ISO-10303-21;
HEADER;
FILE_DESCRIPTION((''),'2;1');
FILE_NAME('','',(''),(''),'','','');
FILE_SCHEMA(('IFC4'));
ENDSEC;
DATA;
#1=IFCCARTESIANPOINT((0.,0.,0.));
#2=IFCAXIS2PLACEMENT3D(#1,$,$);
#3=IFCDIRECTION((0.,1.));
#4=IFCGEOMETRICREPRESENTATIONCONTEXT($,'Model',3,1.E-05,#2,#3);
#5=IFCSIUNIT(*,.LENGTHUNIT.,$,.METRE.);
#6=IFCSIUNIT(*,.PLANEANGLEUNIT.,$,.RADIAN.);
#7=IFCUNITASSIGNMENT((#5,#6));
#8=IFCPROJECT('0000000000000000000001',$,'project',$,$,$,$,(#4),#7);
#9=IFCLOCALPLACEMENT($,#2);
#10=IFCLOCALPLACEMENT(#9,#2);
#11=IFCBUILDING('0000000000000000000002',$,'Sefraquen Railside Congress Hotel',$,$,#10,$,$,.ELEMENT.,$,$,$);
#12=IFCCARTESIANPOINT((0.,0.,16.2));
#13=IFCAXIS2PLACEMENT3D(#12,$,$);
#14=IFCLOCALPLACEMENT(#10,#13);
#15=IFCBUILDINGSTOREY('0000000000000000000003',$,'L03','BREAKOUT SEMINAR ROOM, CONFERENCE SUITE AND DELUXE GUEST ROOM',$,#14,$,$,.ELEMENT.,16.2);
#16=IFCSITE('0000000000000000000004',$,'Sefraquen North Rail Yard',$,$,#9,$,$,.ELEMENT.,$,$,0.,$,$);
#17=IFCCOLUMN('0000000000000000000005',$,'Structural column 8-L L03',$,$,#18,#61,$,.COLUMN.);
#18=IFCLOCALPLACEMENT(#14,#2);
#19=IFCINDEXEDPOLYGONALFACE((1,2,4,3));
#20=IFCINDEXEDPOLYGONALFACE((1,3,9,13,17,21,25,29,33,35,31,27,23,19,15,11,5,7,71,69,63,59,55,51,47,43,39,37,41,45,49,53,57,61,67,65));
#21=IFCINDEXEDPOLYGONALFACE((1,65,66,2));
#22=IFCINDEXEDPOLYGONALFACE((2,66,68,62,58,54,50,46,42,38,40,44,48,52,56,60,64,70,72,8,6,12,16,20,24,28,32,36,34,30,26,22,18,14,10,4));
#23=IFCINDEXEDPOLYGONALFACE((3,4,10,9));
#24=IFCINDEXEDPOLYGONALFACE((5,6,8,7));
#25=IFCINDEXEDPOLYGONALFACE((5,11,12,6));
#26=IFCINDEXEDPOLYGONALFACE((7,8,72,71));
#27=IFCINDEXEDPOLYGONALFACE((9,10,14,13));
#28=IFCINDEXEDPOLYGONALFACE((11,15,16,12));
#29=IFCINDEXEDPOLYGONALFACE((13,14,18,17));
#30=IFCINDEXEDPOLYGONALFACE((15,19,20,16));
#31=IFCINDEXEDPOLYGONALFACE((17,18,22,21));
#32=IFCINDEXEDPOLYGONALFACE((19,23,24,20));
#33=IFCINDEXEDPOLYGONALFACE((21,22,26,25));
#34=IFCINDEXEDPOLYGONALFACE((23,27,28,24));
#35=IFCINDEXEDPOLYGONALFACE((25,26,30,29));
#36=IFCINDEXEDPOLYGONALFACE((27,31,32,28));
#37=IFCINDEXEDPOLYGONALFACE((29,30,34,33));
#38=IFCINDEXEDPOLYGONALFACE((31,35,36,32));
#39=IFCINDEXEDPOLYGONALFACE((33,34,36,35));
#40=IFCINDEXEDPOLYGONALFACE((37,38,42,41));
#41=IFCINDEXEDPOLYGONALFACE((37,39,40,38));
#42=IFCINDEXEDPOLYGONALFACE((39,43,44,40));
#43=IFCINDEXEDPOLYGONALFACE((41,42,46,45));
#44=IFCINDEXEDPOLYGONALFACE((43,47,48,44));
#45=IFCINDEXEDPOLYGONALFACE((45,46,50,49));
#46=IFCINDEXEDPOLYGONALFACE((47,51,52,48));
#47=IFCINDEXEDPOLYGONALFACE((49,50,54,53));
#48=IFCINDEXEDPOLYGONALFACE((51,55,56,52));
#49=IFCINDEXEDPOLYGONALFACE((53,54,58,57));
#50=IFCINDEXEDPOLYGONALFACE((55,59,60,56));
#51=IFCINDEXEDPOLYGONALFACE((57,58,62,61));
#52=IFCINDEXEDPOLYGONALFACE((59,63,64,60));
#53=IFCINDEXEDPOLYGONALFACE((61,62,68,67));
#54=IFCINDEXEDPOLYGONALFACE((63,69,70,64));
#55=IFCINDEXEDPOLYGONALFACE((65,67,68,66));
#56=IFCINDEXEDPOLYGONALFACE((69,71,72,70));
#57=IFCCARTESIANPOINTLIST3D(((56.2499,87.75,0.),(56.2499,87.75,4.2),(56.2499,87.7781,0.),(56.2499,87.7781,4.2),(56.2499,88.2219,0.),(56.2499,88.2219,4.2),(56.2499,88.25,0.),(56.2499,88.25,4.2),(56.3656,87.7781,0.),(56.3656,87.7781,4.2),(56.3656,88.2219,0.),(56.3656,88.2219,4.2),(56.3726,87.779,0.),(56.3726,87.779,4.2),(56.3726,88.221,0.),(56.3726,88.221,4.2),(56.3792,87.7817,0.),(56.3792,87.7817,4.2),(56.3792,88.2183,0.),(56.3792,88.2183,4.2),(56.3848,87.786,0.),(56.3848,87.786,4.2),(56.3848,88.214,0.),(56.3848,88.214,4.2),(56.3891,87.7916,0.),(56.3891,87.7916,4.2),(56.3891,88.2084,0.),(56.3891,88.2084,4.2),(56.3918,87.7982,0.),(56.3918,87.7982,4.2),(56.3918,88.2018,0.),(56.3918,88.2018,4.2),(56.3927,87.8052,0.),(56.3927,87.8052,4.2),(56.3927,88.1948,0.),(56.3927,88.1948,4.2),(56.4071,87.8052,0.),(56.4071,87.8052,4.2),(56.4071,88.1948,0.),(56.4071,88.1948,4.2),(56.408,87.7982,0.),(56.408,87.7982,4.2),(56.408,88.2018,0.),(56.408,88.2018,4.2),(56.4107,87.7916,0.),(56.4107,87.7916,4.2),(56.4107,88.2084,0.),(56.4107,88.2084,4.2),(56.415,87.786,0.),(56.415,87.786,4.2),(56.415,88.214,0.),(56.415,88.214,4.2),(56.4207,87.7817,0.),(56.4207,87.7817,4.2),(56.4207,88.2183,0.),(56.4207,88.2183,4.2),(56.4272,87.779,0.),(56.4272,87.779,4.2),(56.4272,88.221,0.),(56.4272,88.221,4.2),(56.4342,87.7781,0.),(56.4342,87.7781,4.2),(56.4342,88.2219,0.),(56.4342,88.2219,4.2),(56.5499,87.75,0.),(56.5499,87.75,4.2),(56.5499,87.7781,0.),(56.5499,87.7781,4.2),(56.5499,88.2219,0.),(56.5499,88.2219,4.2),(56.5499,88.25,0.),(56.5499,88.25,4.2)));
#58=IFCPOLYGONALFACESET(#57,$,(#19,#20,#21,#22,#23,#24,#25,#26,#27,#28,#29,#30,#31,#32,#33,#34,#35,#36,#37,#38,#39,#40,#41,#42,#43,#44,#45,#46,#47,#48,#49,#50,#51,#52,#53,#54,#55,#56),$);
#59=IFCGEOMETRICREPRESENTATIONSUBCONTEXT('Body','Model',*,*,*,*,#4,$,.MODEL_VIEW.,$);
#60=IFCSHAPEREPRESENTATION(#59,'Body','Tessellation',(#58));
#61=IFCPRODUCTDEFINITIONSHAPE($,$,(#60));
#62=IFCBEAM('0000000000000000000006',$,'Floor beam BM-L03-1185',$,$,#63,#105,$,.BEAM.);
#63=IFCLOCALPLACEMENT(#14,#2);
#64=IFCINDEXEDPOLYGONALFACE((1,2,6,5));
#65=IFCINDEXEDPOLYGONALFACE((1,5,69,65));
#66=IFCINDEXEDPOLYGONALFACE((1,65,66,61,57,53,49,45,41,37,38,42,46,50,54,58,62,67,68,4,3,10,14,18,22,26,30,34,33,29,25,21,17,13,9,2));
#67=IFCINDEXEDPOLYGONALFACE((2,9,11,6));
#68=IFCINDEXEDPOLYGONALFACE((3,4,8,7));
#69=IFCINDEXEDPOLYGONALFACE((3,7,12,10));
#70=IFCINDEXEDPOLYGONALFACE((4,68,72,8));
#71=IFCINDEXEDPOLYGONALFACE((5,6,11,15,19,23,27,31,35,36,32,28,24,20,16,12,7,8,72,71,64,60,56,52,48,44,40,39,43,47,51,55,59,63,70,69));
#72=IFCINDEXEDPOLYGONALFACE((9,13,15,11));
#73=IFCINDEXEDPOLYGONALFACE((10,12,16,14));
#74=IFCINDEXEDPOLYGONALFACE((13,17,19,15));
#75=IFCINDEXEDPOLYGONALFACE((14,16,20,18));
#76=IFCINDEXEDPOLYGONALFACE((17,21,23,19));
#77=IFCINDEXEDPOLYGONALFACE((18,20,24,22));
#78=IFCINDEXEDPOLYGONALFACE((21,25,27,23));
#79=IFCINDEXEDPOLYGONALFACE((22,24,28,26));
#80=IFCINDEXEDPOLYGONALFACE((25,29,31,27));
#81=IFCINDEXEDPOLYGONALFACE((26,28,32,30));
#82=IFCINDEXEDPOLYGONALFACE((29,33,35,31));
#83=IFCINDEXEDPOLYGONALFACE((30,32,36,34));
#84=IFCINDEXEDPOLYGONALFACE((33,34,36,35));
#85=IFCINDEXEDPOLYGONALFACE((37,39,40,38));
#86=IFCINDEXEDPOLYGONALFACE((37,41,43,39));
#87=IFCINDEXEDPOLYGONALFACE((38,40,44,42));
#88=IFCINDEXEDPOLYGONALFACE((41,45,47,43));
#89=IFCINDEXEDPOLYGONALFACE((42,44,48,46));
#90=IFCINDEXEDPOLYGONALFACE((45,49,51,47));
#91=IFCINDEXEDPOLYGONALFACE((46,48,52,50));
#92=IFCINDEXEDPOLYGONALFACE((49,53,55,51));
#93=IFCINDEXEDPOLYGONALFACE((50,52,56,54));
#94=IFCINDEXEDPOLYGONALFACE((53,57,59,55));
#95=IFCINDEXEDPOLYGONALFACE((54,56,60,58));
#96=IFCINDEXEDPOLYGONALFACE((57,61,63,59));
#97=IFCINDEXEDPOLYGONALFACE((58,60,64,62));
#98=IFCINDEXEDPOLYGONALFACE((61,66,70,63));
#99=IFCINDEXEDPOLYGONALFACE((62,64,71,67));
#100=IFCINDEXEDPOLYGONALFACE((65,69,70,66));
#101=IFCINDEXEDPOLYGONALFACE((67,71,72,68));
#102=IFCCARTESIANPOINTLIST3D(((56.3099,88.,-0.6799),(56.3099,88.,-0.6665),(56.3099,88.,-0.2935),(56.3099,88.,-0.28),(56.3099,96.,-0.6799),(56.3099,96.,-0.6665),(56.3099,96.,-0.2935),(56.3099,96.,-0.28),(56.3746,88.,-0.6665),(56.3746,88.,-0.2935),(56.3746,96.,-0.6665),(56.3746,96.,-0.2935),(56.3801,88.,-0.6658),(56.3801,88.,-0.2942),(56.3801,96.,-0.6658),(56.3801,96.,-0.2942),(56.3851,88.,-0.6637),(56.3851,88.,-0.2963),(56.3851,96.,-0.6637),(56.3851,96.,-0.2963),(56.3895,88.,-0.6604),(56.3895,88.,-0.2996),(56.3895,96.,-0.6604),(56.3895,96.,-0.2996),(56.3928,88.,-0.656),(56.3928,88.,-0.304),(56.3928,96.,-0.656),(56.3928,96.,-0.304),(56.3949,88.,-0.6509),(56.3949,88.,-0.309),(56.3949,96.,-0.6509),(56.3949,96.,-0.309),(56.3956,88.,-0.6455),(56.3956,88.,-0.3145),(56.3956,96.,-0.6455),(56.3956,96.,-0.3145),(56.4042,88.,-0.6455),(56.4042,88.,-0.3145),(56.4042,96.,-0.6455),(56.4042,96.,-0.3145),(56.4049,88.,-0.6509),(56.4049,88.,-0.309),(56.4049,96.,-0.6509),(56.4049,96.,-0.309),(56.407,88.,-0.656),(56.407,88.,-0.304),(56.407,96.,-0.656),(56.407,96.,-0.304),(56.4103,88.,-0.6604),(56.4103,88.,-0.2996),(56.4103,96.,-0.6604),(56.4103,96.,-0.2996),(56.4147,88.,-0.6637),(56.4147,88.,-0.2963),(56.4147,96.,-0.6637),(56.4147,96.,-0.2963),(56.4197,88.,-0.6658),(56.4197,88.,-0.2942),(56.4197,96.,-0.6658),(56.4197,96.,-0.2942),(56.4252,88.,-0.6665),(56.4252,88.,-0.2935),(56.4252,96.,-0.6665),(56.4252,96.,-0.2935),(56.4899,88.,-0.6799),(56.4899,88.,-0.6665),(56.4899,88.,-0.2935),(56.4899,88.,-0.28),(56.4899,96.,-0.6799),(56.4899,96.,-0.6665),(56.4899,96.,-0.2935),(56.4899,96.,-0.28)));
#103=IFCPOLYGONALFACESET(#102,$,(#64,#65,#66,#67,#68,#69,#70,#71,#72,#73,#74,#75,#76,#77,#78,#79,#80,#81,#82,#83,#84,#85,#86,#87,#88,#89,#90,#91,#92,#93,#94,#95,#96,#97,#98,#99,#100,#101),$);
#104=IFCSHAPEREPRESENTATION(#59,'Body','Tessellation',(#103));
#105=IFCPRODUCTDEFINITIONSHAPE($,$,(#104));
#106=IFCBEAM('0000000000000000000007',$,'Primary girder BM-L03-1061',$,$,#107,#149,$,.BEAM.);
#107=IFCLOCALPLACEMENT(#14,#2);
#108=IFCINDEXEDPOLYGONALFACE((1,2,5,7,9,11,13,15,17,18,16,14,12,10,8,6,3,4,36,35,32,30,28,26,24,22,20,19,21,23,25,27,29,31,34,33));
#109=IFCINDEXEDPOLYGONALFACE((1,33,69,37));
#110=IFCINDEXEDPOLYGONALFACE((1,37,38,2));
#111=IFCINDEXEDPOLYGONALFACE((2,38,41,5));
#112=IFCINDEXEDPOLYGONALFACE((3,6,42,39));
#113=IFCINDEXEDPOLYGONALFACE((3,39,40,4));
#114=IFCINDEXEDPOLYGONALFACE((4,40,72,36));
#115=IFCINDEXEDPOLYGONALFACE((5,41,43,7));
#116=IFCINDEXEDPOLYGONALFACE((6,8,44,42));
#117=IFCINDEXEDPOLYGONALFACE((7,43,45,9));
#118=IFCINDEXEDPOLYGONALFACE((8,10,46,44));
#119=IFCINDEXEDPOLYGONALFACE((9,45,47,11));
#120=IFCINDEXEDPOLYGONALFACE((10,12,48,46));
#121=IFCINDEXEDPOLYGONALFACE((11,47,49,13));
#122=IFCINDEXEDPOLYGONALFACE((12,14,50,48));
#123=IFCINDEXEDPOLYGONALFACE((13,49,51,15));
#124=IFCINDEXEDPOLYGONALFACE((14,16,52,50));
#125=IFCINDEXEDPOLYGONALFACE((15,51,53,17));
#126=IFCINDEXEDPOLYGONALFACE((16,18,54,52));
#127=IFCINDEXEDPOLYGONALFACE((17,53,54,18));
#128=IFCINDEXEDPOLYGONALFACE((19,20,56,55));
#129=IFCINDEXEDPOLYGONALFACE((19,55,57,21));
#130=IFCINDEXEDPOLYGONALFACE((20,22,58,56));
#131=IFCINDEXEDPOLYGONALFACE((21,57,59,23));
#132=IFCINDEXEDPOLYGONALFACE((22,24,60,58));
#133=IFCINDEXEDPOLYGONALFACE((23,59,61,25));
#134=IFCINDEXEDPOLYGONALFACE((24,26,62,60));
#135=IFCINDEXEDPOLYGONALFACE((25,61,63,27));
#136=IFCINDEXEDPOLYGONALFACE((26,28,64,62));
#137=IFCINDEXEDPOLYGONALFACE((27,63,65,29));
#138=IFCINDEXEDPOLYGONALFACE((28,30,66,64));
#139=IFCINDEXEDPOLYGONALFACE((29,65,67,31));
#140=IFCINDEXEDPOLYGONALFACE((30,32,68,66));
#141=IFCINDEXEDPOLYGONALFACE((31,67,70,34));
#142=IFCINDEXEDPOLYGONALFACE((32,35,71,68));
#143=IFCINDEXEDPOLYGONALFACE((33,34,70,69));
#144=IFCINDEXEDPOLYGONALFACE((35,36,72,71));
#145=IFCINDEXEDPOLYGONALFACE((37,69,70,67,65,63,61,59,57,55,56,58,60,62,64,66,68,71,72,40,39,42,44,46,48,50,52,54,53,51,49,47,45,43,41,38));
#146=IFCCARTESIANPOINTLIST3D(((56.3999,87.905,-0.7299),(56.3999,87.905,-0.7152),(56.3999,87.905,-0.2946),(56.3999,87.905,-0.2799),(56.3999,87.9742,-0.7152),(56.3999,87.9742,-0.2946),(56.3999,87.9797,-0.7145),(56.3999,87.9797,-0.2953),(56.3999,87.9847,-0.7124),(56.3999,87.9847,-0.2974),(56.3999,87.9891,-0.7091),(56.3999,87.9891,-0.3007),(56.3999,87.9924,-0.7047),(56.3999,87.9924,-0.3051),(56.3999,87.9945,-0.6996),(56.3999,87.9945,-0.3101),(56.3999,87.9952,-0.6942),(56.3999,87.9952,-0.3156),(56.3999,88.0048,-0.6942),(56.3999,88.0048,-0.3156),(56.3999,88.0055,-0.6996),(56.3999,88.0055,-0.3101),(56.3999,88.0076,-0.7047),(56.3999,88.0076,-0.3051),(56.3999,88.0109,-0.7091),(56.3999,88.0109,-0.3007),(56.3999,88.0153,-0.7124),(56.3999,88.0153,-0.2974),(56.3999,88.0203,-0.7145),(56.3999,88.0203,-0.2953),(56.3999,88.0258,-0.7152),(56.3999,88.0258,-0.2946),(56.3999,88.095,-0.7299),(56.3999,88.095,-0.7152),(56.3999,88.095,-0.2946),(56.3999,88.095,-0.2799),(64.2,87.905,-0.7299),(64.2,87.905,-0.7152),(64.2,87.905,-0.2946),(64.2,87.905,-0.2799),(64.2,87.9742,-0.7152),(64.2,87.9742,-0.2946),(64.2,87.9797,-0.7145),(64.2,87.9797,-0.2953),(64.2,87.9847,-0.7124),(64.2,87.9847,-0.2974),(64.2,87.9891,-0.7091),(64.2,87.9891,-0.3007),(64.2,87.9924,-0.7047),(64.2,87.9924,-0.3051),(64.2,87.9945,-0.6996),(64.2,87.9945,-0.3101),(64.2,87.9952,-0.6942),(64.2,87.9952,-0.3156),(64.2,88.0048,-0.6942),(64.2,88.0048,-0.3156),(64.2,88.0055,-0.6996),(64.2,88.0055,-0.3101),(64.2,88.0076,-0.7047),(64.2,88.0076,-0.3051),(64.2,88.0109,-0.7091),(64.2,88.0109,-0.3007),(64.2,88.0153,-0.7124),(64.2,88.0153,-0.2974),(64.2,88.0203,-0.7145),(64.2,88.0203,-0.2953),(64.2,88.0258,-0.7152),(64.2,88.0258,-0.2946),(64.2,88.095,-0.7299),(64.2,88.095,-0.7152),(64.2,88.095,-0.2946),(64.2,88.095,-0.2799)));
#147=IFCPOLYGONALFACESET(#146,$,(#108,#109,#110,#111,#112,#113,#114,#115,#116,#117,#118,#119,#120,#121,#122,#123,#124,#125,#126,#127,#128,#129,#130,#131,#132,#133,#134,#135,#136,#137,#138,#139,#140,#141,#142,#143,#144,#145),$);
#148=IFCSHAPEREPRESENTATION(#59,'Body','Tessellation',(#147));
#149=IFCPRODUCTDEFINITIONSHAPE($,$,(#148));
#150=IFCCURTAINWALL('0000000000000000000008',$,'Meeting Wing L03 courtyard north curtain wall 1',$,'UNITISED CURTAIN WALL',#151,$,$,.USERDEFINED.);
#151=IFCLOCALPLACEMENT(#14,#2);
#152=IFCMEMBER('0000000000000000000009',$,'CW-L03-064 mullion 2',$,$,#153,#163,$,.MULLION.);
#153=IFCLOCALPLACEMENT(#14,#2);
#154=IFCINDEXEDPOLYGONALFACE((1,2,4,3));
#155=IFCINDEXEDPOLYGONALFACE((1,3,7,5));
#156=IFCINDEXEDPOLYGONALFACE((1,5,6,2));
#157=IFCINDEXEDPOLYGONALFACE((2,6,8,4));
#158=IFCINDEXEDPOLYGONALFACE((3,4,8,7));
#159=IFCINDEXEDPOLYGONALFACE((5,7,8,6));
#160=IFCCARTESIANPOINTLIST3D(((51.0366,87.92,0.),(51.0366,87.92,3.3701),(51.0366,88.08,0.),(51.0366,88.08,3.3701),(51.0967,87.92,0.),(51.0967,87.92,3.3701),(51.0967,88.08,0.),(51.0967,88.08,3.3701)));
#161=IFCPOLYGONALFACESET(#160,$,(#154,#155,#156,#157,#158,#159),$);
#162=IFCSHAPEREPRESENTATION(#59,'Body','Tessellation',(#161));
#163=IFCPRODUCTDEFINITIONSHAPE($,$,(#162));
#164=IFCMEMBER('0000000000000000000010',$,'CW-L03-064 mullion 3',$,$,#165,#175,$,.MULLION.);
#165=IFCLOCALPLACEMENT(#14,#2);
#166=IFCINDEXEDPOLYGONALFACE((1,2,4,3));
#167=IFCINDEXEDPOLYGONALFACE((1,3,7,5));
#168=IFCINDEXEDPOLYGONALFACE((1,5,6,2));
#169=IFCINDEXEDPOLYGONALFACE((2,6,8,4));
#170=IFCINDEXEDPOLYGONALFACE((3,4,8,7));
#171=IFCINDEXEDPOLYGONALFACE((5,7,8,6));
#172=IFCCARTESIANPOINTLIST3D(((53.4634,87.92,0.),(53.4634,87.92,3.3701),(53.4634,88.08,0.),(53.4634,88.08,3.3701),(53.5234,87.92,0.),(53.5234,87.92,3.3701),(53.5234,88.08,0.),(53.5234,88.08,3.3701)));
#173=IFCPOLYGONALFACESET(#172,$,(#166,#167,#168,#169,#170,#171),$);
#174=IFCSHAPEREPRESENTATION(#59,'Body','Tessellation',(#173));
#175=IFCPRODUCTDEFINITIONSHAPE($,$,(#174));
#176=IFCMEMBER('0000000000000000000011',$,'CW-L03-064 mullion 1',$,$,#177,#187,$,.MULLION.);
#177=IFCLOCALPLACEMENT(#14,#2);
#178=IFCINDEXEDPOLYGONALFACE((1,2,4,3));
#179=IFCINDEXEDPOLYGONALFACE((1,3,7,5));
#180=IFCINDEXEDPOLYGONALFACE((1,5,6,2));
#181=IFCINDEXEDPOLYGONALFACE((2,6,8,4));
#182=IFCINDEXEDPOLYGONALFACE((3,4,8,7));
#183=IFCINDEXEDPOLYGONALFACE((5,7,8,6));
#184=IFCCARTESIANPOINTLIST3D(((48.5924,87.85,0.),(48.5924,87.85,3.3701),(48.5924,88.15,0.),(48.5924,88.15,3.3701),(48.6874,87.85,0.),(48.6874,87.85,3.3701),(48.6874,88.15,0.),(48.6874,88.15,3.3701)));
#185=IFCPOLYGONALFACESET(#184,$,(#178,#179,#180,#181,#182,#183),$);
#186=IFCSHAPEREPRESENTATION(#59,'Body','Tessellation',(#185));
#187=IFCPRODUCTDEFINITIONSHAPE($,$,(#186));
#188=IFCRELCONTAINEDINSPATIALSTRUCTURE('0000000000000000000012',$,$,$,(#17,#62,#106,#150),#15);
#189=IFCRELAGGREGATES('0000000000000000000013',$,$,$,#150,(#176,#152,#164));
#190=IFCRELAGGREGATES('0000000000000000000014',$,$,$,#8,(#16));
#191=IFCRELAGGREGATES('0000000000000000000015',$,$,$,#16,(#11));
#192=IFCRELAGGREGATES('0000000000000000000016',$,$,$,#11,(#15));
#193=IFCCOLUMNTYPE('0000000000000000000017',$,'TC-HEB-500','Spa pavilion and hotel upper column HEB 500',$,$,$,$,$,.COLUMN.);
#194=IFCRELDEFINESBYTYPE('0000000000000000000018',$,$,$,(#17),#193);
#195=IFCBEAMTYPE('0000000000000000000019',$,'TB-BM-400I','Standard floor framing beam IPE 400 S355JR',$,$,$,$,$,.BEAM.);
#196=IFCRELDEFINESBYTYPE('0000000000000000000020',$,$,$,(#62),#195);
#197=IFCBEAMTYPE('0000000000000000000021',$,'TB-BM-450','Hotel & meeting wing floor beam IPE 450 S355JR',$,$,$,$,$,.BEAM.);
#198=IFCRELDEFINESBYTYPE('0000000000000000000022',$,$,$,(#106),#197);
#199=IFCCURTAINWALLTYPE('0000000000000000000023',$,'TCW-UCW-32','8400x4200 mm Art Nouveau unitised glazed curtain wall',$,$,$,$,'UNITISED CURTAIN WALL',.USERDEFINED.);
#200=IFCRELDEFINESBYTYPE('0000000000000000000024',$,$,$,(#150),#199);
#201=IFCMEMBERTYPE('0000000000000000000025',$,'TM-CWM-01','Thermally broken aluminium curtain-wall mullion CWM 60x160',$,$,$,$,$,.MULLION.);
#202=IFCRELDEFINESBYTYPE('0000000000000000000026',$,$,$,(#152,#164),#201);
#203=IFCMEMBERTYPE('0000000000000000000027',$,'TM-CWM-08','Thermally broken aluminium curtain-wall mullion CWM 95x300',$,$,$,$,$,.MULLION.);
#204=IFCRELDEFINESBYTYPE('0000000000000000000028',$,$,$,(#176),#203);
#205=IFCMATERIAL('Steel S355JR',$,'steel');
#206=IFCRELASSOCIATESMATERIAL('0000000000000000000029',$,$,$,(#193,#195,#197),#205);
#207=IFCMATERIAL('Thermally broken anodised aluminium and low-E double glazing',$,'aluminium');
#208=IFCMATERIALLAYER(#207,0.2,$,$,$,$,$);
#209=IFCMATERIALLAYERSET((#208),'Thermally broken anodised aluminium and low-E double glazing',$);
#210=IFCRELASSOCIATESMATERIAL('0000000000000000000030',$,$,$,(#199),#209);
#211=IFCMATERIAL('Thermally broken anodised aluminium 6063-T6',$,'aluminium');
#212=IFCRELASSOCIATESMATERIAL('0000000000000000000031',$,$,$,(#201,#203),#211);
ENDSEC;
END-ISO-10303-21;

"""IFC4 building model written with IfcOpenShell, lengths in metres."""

from ifc_helpers import new_model, si_unit, direction, frame, origin, origin_2d, place, context, subcontext, project, spatial, rectangle, i_section, extrude, material, layer, layer_set, material_profile, profile_set, type_object, element, aggregate, save


model = new_model("IFC4")

# Units and contexts
model_context = context("Model", 3, precision=1e-05, world=origin(), true_north=direction((0.0, 1.0)))
body_context = subcontext(model_context, "Body", "Model", "MODEL_VIEW")
ifc_project = project(units=[si_unit("LENGTHUNIT", "METRE"), si_unit("PLANEANGLEUNIT", "RADIAN")], contexts=[model_context])

# Site, building, storey
site_placement = place(None, origin())
site = spatial("IfcSite", under=ifc_project, at=site_placement, Name="Sefraquen North Rail Yard", CompositionType="ELEMENT", RefElevation=0.0)
building_placement = place(site_placement, origin())
building = spatial("IfcBuilding", under=site, at=building_placement, Name="Sefraquen Railside Congress Hotel", CompositionType="ELEMENT")
storey_placement = place(building_placement, frame((0.0, 0.0, 16.2)))
storey = spatial("IfcBuildingStorey", under=building, at=storey_placement, Name="L03", Description="BREAKOUT SEMINAR ROOM, CONFERENCE SUITE AND DELUXE GUEST ROOM", CompositionType="ELEMENT", Elevation=16.2)

# Column
ifc_material_1 = material(Name="Steel S355JR", Category="steel")
ifc_material_profile_1 = material_profile(ifc_material_1, i_section(OverallWidth=0.3, OverallDepth=0.5, WebThickness=0.0144, FlangeThickness=0.0281, FilletRadius=0.0271, at=origin_2d()), Name="HEB 500")
ifc_profile_set_1 = profile_set([ifc_material_profile_1], Name="Steel S355JR")
column_type = type_object("IfcColumnType", Name="TC-HEB-500", Description="Spa pavilion and hotel upper column HEB 500", PredefinedType="COLUMN", material=ifc_profile_set_1)
column_placement = place(storey_placement, frame((56.3999, 88.0, 0.0), z_axis=(0.0, 0.0, 1.0), x_axis=(1.0, 0.0, 0.0)))
element("IfcColumn", 1, at=column_placement, inside=storey, type_object=column_type, Name="Structural column 8-L L03", PredefinedType="COLUMN", context=body_context, shape_type="SweptSolid", body=[
    extrude(i_section(OverallWidth=0.3, OverallDepth=0.5, WebThickness=0.0144, FlangeThickness=0.0281, FilletRadius=0.0271, at=origin_2d()), origin(), (0.0, 0.0, 1.0), 4.2),
])

# Beams
ifc_material_profile_2 = material_profile(ifc_material_1, i_section(OverallWidth=0.1799, OverallDepth=0.3999, WebThickness=0.0085, FlangeThickness=0.0134, FilletRadius=0.021, at=origin_2d()), Name="IPE 400")
ifc_profile_set_2 = profile_set([ifc_material_profile_2], Name="Steel S355JR")
beam_type_1 = type_object("IfcBeamType", Name="TB-BM-400I", Description="Standard floor framing beam IPE 400 S355JR", PredefinedType="BEAM", material=ifc_profile_set_2)
beam_1_placement = place(storey_placement, frame((56.3999, 88.0, -0.48), z_axis=(0.0, 1.0, 0.0), x_axis=(-1.0, 0.0, 0.0)))
element("IfcBeam", 2, at=beam_1_placement, inside=storey, type_object=beam_type_1, Name="Floor beam BM-L03-1185", PredefinedType="BEAM", context=body_context, shape_type="SweptSolid", body=[
    extrude(i_section(OverallWidth=0.1799, OverallDepth=0.3999, WebThickness=0.0085, FlangeThickness=0.0134, FilletRadius=0.021, at=origin_2d()), origin(), (0.0, 0.0, 1.0), 8.0),
])
ifc_material_profile_3 = material_profile(ifc_material_1, i_section(OverallWidth=0.1899, OverallDepth=0.45, WebThickness=0.0095, FlangeThickness=0.0146, FilletRadius=0.021, at=origin_2d()), Name="IPE 450")
ifc_profile_set_3 = profile_set([ifc_material_profile_3], Name="Steel S355JR")
beam_type_2 = type_object("IfcBeamType", Name="TB-BM-450", Description="Hotel & meeting wing floor beam IPE 450 S355JR", PredefinedType="BEAM", material=ifc_profile_set_3)
beam_2_placement = place(storey_placement, frame((56.3999, 88.0, -0.5049), z_axis=(1.0, 0.0, 0.0), x_axis=(0.0, 1.0, 0.0)))
element("IfcBeam", 3, at=beam_2_placement, inside=storey, type_object=beam_type_2, Name="Primary girder BM-L03-1061", PredefinedType="BEAM", context=body_context, shape_type="SweptSolid", body=[
    extrude(i_section(OverallWidth=0.1899, OverallDepth=0.45, WebThickness=0.0095, FlangeThickness=0.0146, FilletRadius=0.021, at=origin_2d()), origin(), (0.0, 0.0, 1.0), 7.8),
])

# Curtain wall, members
ifc_material_2 = material(Name="Thermally broken anodised aluminium and low-E double glazing", Category="aluminium")
ifc_layer_1 = layer(ifc_material_2, 0.2)
ifc_layer_set_1 = layer_set([ifc_layer_1], Name="Thermally broken anodised aluminium and low-E double glazing")
curtain_wall_type = type_object("IfcCurtainWallType", Name="TCW-UCW-32", Description="8400x4200 mm Art Nouveau unitised glazed curtain wall", ElementType="UNITISED CURTAIN WALL", PredefinedType="USERDEFINED", material=ifc_layer_set_1)
curtain_wall_1_placement = place(storey_placement, origin())
curtain_wall_1 = element("IfcCurtainWall", 4, at=curtain_wall_1_placement, inside=storey, type_object=curtain_wall_type, Name="Meeting Wing L03 courtyard north curtain wall 1", ObjectType="UNITISED CURTAIN WALL", PredefinedType="USERDEFINED")
ifc_material_3 = material(Name="Thermally broken anodised aluminium 6063-T6", Category="aluminium")
ifc_material_profile_4 = material_profile(ifc_material_3, rectangle(XDim=0.0601, YDim=0.1599, at=origin_2d()), Name="CWM 60x160")
ifc_profile_set_4 = profile_set([ifc_material_profile_4], Name="Thermally broken anodised aluminium 6063-T6")
member_type_1 = type_object("IfcMemberType", Name="TM-CWM-01", Description="Thermally broken aluminium curtain-wall mullion CWM 60x160", PredefinedType="MULLION", material=ifc_profile_set_4)
member_1_placement = place(storey_placement, frame((51.0667, 88.0, 0.0), z_axis=(0.0, 0.0, 1.0), x_axis=(1.0, 0.0, 0.0)))
member_1 = element("IfcMember", 5, at=member_1_placement, type_object=member_type_1, Name="CW-L03-064 mullion 2", PredefinedType="MULLION", context=body_context, shape_type="SweptSolid", body=[
    extrude(rectangle(XDim=0.0601, YDim=0.1599, at=origin_2d()), origin(), (0.0, 0.0, 1.0), 3.3701),
])
member_2_placement = place(storey_placement, frame((53.4934, 88.0, 0.0), z_axis=(0.0, 0.0, 1.0), x_axis=(1.0, 0.0, 0.0)))
member_2 = element("IfcMember", 6, at=member_2_placement, type_object=member_type_1, Name="CW-L03-064 mullion 3", PredefinedType="MULLION", context=body_context, shape_type="SweptSolid", body=[
    extrude(rectangle(XDim=0.0601, YDim=0.1599, at=origin_2d()), origin(), (0.0, 0.0, 1.0), 3.3701),
])
ifc_material_profile_5 = material_profile(ifc_material_3, rectangle(XDim=0.095, YDim=0.3, at=origin_2d()), Name="CWM 95x300")
ifc_profile_set_5 = profile_set([ifc_material_profile_5], Name="Thermally broken anodised aluminium 6063-T6")
member_type_2 = type_object("IfcMemberType", Name="TM-CWM-08", Description="Thermally broken aluminium curtain-wall mullion CWM 95x300", PredefinedType="MULLION", material=ifc_profile_set_5)
member_3_placement = place(storey_placement, frame((48.6399, 88.0, 0.0), z_axis=(0.0, 0.0, 1.0), x_axis=(1.0, 0.0, 0.0)))
member_3 = element("IfcMember", 7, at=member_3_placement, type_object=member_type_2, Name="CW-L03-064 mullion 1", PredefinedType="MULLION", context=body_context, shape_type="SweptSolid", body=[
    extrude(rectangle(XDim=0.095, YDim=0.3, at=origin_2d()), origin(), (0.0, 0.0, 1.0), 3.3701),
])

aggregate(curtain_wall_1, [member_3, member_1, member_2])

save(model, "model.ifc")
